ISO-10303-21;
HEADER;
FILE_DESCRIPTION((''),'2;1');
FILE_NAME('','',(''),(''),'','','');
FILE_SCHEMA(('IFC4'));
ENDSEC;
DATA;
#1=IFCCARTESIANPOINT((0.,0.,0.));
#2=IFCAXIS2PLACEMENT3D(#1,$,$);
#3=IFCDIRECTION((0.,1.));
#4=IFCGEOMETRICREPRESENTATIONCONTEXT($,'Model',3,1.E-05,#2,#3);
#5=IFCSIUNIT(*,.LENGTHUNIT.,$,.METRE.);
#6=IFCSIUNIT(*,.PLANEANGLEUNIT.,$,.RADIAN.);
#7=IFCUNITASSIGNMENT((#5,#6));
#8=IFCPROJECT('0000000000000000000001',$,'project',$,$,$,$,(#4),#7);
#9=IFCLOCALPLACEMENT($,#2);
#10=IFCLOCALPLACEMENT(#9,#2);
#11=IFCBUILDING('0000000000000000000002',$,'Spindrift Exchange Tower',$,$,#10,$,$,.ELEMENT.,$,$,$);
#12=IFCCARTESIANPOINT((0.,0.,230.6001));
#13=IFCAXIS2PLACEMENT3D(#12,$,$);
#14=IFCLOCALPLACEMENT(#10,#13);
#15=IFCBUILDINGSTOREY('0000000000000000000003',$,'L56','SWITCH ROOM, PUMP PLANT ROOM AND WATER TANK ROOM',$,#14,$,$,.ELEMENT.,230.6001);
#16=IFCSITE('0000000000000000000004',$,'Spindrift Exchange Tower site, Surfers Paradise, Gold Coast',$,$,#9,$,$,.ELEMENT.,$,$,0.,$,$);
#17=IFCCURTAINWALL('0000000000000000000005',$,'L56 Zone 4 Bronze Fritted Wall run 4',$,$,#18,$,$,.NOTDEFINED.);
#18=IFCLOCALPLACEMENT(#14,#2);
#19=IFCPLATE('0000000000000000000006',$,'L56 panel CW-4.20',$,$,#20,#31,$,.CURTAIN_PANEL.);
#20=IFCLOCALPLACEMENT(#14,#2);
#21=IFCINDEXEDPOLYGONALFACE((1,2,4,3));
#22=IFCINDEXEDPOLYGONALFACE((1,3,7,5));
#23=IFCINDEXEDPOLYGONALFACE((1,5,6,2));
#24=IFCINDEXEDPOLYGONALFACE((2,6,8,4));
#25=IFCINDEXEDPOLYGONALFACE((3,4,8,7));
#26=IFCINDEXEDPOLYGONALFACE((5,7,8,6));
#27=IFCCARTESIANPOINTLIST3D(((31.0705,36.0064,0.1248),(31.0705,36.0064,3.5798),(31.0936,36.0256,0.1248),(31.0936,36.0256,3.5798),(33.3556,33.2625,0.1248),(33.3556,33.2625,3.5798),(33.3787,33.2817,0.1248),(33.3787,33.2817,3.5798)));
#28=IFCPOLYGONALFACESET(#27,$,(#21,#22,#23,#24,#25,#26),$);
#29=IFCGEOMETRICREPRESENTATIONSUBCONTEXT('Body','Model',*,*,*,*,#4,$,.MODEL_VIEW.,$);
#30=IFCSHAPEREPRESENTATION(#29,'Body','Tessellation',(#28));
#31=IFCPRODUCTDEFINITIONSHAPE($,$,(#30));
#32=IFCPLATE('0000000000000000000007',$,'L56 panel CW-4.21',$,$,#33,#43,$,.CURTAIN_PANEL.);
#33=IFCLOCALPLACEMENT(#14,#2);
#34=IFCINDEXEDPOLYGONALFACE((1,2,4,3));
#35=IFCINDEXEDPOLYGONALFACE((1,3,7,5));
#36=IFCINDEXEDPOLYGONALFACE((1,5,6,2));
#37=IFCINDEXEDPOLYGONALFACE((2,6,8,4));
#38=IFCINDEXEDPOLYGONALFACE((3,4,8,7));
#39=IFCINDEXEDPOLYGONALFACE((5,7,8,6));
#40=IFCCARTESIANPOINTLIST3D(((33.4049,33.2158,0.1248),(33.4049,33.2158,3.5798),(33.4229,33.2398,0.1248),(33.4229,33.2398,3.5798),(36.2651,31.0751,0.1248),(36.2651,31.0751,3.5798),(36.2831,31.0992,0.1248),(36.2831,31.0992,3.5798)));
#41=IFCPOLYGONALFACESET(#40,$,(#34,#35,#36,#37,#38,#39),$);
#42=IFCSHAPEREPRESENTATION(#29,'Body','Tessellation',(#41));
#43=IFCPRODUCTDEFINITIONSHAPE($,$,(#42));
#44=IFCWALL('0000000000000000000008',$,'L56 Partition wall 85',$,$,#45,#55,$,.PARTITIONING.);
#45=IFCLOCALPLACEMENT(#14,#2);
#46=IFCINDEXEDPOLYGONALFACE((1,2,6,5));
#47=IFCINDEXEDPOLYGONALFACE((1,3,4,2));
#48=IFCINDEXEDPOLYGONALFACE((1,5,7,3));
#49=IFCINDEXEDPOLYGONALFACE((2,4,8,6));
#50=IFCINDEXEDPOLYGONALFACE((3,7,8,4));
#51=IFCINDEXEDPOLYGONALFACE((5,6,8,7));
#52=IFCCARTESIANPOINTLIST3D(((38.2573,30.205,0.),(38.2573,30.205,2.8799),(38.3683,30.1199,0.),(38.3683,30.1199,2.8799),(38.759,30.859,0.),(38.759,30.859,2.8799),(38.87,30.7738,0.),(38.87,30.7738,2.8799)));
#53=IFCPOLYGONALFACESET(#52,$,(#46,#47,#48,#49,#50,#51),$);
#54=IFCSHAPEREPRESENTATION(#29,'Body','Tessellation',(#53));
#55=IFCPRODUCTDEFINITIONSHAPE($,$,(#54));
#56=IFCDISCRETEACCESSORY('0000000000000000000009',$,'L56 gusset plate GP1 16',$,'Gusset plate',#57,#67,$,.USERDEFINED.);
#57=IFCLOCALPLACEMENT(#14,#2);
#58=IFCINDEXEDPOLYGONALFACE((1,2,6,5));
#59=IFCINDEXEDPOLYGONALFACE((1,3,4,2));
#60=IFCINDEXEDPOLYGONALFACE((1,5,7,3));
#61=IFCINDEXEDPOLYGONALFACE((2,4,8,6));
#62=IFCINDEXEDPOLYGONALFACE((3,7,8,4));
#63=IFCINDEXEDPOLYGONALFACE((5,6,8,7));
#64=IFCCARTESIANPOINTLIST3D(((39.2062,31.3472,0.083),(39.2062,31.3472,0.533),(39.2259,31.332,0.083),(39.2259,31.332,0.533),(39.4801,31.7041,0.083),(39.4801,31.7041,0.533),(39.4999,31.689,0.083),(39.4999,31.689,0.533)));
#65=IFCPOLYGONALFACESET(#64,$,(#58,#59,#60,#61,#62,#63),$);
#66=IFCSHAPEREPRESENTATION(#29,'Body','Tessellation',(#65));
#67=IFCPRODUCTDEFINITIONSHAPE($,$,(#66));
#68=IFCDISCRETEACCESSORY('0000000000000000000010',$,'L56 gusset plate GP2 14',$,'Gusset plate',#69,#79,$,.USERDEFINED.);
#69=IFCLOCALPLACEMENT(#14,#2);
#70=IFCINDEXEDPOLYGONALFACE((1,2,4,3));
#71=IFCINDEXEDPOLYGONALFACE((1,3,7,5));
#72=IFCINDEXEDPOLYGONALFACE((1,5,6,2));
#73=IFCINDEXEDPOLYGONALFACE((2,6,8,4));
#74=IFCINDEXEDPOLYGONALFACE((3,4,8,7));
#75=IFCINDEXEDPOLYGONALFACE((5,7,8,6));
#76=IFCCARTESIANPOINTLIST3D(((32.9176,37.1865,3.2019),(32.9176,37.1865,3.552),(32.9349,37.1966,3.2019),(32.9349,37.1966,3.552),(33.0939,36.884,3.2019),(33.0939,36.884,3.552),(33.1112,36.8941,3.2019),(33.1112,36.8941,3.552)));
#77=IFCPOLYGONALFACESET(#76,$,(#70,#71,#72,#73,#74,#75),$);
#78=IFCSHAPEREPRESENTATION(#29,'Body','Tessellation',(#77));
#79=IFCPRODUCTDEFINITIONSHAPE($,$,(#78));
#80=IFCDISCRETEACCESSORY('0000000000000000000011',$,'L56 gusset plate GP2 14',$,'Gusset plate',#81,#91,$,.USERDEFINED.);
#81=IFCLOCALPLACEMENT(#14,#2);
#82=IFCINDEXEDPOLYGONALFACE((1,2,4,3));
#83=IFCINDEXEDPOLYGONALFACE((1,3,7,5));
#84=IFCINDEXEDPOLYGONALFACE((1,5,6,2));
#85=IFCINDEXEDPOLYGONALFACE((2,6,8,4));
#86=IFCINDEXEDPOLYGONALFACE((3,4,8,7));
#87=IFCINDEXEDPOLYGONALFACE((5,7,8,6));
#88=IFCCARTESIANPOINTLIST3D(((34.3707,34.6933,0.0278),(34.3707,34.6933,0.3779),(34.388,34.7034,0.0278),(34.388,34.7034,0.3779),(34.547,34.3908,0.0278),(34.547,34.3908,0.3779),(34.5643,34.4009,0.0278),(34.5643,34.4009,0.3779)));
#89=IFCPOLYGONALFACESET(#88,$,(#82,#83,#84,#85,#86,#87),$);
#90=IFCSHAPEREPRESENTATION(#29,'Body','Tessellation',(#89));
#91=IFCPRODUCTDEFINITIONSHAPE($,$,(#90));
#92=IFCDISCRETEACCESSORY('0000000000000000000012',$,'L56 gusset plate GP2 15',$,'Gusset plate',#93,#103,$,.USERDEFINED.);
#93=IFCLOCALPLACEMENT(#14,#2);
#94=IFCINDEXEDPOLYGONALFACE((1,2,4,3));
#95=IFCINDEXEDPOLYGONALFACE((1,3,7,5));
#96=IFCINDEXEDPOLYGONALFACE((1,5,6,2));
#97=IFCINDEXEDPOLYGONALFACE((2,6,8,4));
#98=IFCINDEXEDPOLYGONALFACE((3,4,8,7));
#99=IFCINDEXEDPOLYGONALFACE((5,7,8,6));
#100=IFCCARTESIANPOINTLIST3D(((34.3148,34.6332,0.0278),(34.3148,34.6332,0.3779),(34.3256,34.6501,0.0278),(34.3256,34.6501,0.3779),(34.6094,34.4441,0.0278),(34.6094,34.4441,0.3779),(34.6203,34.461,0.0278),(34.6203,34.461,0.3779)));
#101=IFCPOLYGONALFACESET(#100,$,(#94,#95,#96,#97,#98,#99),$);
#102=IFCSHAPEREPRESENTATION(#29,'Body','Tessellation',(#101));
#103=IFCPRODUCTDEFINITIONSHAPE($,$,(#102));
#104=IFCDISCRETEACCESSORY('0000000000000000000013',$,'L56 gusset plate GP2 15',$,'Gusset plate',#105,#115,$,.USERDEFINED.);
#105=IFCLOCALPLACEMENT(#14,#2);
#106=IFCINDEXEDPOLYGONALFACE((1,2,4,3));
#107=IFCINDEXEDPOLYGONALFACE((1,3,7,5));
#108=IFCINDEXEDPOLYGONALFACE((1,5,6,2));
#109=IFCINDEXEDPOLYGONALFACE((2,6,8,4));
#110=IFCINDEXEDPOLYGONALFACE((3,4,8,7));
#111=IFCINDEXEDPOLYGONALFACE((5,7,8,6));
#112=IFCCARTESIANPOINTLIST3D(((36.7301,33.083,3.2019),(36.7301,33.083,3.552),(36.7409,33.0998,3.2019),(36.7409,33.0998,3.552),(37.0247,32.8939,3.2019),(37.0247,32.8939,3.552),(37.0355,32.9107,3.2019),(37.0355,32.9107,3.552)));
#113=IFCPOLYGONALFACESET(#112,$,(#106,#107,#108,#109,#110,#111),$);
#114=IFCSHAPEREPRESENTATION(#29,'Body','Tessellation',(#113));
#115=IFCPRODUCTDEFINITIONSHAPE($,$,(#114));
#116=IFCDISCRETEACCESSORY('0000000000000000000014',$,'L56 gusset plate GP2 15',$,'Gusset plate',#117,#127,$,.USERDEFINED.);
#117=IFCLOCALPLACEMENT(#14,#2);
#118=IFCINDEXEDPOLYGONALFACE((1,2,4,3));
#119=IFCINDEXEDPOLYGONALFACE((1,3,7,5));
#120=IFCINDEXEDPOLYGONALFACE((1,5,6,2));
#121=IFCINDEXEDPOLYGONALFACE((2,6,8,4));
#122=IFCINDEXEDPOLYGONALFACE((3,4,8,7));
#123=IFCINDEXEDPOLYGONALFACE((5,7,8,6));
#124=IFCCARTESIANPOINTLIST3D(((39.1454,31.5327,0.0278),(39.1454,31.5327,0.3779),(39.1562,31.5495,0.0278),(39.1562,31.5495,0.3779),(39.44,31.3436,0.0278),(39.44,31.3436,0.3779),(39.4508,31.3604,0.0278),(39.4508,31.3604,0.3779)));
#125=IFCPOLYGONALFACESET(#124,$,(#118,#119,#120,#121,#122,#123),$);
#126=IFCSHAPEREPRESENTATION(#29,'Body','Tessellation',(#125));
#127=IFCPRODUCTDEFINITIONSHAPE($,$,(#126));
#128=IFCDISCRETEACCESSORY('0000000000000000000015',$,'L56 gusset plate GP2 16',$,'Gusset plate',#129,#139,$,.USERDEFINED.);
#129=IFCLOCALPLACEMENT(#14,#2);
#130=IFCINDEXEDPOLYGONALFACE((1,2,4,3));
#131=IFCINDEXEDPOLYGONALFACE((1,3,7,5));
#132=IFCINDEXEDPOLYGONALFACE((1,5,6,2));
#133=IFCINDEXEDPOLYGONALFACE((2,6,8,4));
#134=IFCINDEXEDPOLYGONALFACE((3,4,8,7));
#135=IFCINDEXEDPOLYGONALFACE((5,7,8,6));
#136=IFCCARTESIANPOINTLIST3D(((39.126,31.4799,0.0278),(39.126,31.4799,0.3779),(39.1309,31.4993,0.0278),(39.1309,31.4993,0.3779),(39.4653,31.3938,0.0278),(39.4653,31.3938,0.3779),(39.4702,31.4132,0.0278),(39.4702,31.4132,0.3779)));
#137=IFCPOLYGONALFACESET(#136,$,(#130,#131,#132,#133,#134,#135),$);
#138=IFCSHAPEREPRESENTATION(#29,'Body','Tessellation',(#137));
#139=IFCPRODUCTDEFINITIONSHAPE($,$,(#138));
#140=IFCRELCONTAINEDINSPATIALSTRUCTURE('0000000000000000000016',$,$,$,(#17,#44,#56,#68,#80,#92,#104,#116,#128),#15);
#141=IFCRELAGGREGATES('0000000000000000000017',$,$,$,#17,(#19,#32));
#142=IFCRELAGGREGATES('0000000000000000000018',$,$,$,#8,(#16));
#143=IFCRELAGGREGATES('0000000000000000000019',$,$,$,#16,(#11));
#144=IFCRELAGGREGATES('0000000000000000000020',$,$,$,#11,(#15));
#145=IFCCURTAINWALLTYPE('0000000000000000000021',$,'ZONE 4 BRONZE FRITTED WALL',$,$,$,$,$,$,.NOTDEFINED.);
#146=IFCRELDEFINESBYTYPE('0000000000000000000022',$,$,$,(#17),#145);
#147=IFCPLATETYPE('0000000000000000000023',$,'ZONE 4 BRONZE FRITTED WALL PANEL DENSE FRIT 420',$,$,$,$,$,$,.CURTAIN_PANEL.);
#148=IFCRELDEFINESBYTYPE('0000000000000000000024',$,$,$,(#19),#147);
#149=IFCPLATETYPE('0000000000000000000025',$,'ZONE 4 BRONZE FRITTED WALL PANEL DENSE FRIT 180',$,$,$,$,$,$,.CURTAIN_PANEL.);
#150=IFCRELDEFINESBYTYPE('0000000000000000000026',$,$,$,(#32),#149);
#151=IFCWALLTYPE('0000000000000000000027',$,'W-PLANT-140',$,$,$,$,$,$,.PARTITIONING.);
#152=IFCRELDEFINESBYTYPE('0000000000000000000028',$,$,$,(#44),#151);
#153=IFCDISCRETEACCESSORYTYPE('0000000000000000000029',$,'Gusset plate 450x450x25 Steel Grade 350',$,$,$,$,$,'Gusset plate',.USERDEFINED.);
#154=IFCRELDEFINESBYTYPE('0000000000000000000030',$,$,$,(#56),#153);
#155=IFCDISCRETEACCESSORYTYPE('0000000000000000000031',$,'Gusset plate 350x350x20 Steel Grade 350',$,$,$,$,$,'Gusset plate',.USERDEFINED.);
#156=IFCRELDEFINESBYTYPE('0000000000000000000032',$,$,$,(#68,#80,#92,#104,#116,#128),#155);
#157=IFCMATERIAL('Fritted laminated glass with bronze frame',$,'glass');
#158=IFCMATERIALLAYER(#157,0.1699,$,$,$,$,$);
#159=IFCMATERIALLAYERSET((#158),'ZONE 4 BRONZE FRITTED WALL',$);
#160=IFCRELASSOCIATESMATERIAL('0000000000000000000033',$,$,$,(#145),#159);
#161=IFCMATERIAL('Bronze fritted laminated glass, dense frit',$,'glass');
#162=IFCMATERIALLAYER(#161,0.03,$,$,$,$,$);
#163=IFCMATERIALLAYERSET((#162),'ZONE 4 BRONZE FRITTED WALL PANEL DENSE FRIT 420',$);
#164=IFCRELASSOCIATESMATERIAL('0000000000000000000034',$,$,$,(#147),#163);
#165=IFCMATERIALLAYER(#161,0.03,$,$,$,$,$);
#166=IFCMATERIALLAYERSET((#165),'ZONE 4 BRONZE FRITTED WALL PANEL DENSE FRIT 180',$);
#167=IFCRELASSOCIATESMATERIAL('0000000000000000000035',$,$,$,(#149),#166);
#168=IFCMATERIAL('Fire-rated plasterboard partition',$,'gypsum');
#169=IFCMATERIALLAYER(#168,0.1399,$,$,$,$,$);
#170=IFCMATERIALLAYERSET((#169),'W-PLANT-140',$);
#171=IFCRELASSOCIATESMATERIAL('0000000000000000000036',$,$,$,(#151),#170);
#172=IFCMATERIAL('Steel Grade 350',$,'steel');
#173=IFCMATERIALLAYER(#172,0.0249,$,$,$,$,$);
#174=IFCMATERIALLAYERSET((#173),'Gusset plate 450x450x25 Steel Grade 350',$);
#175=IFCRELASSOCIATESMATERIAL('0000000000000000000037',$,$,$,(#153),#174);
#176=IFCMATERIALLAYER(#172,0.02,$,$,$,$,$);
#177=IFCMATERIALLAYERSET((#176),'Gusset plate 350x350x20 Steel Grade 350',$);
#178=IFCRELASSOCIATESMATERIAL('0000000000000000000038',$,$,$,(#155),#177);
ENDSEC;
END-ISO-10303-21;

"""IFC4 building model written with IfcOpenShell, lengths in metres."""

from ifc_helpers import new_model, si_unit, direction, frame, frame_2d, origin, origin_2d, place, context, subcontext, project, spatial, rectangle, extrude, source, transform, mapped, material, layer, layer_set, type_object, element, aggregate, save


model = new_model("IFC4")

# Units and contexts
model_context = context("Model", 3, precision=1e-05, world=origin(), true_north=direction((0.0, 1.0)))
body_context = subcontext(model_context, "Body", "Model", "MODEL_VIEW")
ifc_project = project(units=[si_unit("LENGTHUNIT", "METRE"), si_unit("PLANEANGLEUNIT", "RADIAN")], contexts=[model_context])

# Site, building, storey
site_placement = place(None, origin())
site = spatial("IfcSite", under=ifc_project, at=site_placement, Name="Spindrift Exchange Tower site, Surfers Paradise, Gold Coast", CompositionType="ELEMENT", RefElevation=0.0)
building_placement = place(site_placement, origin())
building = spatial("IfcBuilding", under=site, at=building_placement, Name="Spindrift Exchange Tower", CompositionType="ELEMENT")
storey_placement = place(building_placement, frame((0.0, 0.0, 230.6001)))
storey = spatial("IfcBuildingStorey", under=building, at=storey_placement, Name="L56", Description="SWITCH ROOM, PUMP PLANT ROOM AND WATER TANK ROOM", CompositionType="ELEMENT", Elevation=230.6001)

# Shared definitions
ifc_material_1 = material(Name="Steel Grade 350", Category="steel")

# Curtain wall
ifc_material_2 = material(Name="Fritted laminated glass with bronze frame", Category="glass")
ifc_layer_1 = layer(ifc_material_2, 0.1699)
ifc_layer_set_1 = layer_set([ifc_layer_1], Name="ZONE 4 BRONZE FRITTED WALL")
curtain_wall_type = type_object("IfcCurtainWallType", Name="ZONE 4 BRONZE FRITTED WALL", PredefinedType="NOTDEFINED", material=ifc_layer_set_1)
curtain_wall_placement = place(storey_placement, origin())
curtain_wall = element("IfcCurtainWall", 1, at=curtain_wall_placement, inside=storey, type_object=curtain_wall_type, Name="L56 Zone 4 Bronze Fritted Wall run 4", PredefinedType="NOTDEFINED")

# Plates
ifc_material_3 = material(Name="Bronze fritted laminated glass, dense frit", Category="glass")
ifc_layer_2 = layer(ifc_material_3, 0.03)
ifc_layer_set_2 = layer_set([ifc_layer_2], Name="ZONE 4 BRONZE FRITTED WALL PANEL DENSE FRIT 420")
plate_type_1 = type_object("IfcPlateType", Name="ZONE 4 BRONZE FRITTED WALL PANEL DENSE FRIT 420", PredefinedType="CURTAIN_PANEL", material=ifc_layer_set_2)
shared_shape_1 = source(origin(), body_context, "Body", "SweptSolid", [
    extrude(rectangle(XDim=3.5708, YDim=0.03, at=origin_2d()), origin(), (0.0, 0.0, 1.0), 3.4551),
])
plate_1_placement = place(storey_placement, frame((32.2246, 34.644, 0.1248), z_axis=(0.0, 0.0, 1.0), x_axis=(0.639933, -0.768431, 0.0)))
plate_1 = element("IfcPlate", 2, at=plate_1_placement, type_object=plate_type_1, Name="L56 panel CW-4.20", PredefinedType="CURTAIN_PANEL", context=body_context, shape_type="MappedRepresentation", body=[
    mapped(shared_shape_1, transform((0.0, 0.0, 0.0), scale=1.0)),
])
ifc_layer_3 = layer(ifc_material_3, 0.03)
ifc_layer_set_3 = layer_set([ifc_layer_3], Name="ZONE 4 BRONZE FRITTED WALL PANEL DENSE FRIT 180")
plate_type_2 = type_object("IfcPlateType", Name="ZONE 4 BRONZE FRITTED WALL PANEL DENSE FRIT 180", PredefinedType="CURTAIN_PANEL", material=ifc_layer_set_3)
shared_shape_2 = source(origin(), body_context, "Body", "SweptSolid", [
    extrude(rectangle(XDim=3.5725, YDim=0.03, at=origin_2d()), origin(), (0.0, 0.0, 1.0), 3.4551),
])
plate_2_placement = place(storey_placement, frame((34.844, 32.1575, 0.1248), z_axis=(0.0, 0.0, 1.0), x_axis=(0.800604, -0.599194, 0.0)))
plate_2 = element("IfcPlate", 3, at=plate_2_placement, type_object=plate_type_2, Name="L56 panel CW-4.21", PredefinedType="CURTAIN_PANEL", context=body_context, shape_type="MappedRepresentation", body=[
    mapped(shared_shape_2, transform((0.0, 0.0, 0.0), scale=1.0)),
])
aggregate(curtain_wall, [plate_1, plate_2])

# Wall
ifc_material_4 = material(Name="Fire-rated plasterboard partition", Category="gypsum")
ifc_layer_4 = layer(ifc_material_4, 0.1399)
ifc_layer_set_4 = layer_set([ifc_layer_4], Name="W-PLANT-140")
wall_type = type_object("IfcWallType", Name="W-PLANT-140", PredefinedType="PARTITIONING", material=ifc_layer_set_4)
wall_placement = place(storey_placement, frame((38.8145, 30.8164, 0.0), z_axis=(0.0, 0.0, 1.0), x_axis=(-0.608637, -0.793449, 0.0)))
element("IfcWall", 4, at=wall_placement, inside=storey, type_object=wall_type, Name="L56 Partition wall 85", PredefinedType="PARTITIONING", context=body_context, shape_type="SweptSolid", body=[
    extrude(rectangle(XDim=0.8242, YDim=0.1399, at=frame_2d((0.4121, 0.0))), origin(), (0.0, 0.0, 1.0), 2.8799),
])

# Discrete accessories
ifc_layer_5 = layer(ifc_material_1, 0.0249)
ifc_layer_set_5 = layer_set([ifc_layer_5], Name="Gusset plate 450x450x25 Steel Grade 350")
discrete_accessory_type_1 = type_object("IfcDiscreteAccessoryType", Name="Gusset plate 450x450x25 Steel Grade 350", ElementType="Gusset plate", PredefinedType="USERDEFINED", material=ifc_layer_set_5)
shared_shape_3 = source(origin(), body_context, "Body", "SweptSolid", [
    extrude(rectangle(XDim=0.45, YDim=0.0249, at=origin_2d()), origin(), (0.0, 0.0, 1.0), 0.45),
])
discrete_accessory_placement = place(storey_placement, frame((39.353, 31.5181, 0.083), z_axis=(0.0, 0.0, 1.0), x_axis=(-0.608767, -0.793349, 0.0)))
element("IfcDiscreteAccessory", 5, at=discrete_accessory_placement, inside=storey, type_object=discrete_accessory_type_1, Name="L56 gusset plate GP1 16", ObjectType="Gusset plate", PredefinedType="USERDEFINED", context=body_context, shape_type="MappedRepresentation", body=[
    mapped(shared_shape_3, transform((0.0, 0.0, 0.0), scale=1.0)),
])
ifc_layer_6 = layer(ifc_material_1, 0.02)
ifc_layer_set_6 = layer_set([ifc_layer_6], Name="Gusset plate 350x350x20 Steel Grade 350")
discrete_accessory_type_2 = type_object("IfcDiscreteAccessoryType", Name="Gusset plate 350x350x20 Steel Grade 350", ElementType="Gusset plate", PredefinedType="USERDEFINED", material=ifc_layer_set_6)
shared_shape_4 = source(origin(), body_context, "Body", "SweptSolid", [
    extrude(rectangle(XDim=0.3501, YDim=0.02, at=origin_2d()), origin(), (0.0, 0.0, 1.0), 0.3501),
])
for number, where, z_axis, x_axis, name in (
    (6, (33.0144, 37.0403, 3.2019), (0.0, 0.0, 1.0), (0.503549, -0.863966, 0.0), "L56 gusset plate GP2 14"),
    (7, (34.4675, 34.5471, 0.0278), (0.0, 0.0, 1.0), (0.503564, -0.863958, 0.0), "L56 gusset plate GP2 14"),
    (8, (34.4675, 34.5471, 0.0278), (0.0, 0.0, 1.0), (0.841573, -0.540143, 0.0), "L56 gusset plate GP2 15"),
    (9, (36.8828, 32.9968, 3.2019), (0.0, 0.0, 1.0), (0.841573, -0.540143, 0.0), "L56 gusset plate GP2 15"),
    (10, (39.2981, 31.4465, 0.0278), (0.0, 0.0, 1.0), (0.841573, -0.540143, 0.0), "L56 gusset plate GP2 15"),
    (11, (39.2981, 31.4465, 0.0278), (0.0, 0.0, 1.0), (0.969278, -0.245967, 0.0), "L56 gusset plate GP2 16"),
):
    element("IfcDiscreteAccessory", number, at=place(storey_placement, frame(where, z_axis=z_axis, x_axis=x_axis)), inside=storey, type_object=discrete_accessory_type_2, Name=name, ObjectType="Gusset plate", PredefinedType="USERDEFINED", context=body_context, shape_type="MappedRepresentation", body=[
        mapped(shared_shape_4, transform((0.0, 0.0, 0.0), scale=1.0)),
    ])

save(model, "model.ifc")
